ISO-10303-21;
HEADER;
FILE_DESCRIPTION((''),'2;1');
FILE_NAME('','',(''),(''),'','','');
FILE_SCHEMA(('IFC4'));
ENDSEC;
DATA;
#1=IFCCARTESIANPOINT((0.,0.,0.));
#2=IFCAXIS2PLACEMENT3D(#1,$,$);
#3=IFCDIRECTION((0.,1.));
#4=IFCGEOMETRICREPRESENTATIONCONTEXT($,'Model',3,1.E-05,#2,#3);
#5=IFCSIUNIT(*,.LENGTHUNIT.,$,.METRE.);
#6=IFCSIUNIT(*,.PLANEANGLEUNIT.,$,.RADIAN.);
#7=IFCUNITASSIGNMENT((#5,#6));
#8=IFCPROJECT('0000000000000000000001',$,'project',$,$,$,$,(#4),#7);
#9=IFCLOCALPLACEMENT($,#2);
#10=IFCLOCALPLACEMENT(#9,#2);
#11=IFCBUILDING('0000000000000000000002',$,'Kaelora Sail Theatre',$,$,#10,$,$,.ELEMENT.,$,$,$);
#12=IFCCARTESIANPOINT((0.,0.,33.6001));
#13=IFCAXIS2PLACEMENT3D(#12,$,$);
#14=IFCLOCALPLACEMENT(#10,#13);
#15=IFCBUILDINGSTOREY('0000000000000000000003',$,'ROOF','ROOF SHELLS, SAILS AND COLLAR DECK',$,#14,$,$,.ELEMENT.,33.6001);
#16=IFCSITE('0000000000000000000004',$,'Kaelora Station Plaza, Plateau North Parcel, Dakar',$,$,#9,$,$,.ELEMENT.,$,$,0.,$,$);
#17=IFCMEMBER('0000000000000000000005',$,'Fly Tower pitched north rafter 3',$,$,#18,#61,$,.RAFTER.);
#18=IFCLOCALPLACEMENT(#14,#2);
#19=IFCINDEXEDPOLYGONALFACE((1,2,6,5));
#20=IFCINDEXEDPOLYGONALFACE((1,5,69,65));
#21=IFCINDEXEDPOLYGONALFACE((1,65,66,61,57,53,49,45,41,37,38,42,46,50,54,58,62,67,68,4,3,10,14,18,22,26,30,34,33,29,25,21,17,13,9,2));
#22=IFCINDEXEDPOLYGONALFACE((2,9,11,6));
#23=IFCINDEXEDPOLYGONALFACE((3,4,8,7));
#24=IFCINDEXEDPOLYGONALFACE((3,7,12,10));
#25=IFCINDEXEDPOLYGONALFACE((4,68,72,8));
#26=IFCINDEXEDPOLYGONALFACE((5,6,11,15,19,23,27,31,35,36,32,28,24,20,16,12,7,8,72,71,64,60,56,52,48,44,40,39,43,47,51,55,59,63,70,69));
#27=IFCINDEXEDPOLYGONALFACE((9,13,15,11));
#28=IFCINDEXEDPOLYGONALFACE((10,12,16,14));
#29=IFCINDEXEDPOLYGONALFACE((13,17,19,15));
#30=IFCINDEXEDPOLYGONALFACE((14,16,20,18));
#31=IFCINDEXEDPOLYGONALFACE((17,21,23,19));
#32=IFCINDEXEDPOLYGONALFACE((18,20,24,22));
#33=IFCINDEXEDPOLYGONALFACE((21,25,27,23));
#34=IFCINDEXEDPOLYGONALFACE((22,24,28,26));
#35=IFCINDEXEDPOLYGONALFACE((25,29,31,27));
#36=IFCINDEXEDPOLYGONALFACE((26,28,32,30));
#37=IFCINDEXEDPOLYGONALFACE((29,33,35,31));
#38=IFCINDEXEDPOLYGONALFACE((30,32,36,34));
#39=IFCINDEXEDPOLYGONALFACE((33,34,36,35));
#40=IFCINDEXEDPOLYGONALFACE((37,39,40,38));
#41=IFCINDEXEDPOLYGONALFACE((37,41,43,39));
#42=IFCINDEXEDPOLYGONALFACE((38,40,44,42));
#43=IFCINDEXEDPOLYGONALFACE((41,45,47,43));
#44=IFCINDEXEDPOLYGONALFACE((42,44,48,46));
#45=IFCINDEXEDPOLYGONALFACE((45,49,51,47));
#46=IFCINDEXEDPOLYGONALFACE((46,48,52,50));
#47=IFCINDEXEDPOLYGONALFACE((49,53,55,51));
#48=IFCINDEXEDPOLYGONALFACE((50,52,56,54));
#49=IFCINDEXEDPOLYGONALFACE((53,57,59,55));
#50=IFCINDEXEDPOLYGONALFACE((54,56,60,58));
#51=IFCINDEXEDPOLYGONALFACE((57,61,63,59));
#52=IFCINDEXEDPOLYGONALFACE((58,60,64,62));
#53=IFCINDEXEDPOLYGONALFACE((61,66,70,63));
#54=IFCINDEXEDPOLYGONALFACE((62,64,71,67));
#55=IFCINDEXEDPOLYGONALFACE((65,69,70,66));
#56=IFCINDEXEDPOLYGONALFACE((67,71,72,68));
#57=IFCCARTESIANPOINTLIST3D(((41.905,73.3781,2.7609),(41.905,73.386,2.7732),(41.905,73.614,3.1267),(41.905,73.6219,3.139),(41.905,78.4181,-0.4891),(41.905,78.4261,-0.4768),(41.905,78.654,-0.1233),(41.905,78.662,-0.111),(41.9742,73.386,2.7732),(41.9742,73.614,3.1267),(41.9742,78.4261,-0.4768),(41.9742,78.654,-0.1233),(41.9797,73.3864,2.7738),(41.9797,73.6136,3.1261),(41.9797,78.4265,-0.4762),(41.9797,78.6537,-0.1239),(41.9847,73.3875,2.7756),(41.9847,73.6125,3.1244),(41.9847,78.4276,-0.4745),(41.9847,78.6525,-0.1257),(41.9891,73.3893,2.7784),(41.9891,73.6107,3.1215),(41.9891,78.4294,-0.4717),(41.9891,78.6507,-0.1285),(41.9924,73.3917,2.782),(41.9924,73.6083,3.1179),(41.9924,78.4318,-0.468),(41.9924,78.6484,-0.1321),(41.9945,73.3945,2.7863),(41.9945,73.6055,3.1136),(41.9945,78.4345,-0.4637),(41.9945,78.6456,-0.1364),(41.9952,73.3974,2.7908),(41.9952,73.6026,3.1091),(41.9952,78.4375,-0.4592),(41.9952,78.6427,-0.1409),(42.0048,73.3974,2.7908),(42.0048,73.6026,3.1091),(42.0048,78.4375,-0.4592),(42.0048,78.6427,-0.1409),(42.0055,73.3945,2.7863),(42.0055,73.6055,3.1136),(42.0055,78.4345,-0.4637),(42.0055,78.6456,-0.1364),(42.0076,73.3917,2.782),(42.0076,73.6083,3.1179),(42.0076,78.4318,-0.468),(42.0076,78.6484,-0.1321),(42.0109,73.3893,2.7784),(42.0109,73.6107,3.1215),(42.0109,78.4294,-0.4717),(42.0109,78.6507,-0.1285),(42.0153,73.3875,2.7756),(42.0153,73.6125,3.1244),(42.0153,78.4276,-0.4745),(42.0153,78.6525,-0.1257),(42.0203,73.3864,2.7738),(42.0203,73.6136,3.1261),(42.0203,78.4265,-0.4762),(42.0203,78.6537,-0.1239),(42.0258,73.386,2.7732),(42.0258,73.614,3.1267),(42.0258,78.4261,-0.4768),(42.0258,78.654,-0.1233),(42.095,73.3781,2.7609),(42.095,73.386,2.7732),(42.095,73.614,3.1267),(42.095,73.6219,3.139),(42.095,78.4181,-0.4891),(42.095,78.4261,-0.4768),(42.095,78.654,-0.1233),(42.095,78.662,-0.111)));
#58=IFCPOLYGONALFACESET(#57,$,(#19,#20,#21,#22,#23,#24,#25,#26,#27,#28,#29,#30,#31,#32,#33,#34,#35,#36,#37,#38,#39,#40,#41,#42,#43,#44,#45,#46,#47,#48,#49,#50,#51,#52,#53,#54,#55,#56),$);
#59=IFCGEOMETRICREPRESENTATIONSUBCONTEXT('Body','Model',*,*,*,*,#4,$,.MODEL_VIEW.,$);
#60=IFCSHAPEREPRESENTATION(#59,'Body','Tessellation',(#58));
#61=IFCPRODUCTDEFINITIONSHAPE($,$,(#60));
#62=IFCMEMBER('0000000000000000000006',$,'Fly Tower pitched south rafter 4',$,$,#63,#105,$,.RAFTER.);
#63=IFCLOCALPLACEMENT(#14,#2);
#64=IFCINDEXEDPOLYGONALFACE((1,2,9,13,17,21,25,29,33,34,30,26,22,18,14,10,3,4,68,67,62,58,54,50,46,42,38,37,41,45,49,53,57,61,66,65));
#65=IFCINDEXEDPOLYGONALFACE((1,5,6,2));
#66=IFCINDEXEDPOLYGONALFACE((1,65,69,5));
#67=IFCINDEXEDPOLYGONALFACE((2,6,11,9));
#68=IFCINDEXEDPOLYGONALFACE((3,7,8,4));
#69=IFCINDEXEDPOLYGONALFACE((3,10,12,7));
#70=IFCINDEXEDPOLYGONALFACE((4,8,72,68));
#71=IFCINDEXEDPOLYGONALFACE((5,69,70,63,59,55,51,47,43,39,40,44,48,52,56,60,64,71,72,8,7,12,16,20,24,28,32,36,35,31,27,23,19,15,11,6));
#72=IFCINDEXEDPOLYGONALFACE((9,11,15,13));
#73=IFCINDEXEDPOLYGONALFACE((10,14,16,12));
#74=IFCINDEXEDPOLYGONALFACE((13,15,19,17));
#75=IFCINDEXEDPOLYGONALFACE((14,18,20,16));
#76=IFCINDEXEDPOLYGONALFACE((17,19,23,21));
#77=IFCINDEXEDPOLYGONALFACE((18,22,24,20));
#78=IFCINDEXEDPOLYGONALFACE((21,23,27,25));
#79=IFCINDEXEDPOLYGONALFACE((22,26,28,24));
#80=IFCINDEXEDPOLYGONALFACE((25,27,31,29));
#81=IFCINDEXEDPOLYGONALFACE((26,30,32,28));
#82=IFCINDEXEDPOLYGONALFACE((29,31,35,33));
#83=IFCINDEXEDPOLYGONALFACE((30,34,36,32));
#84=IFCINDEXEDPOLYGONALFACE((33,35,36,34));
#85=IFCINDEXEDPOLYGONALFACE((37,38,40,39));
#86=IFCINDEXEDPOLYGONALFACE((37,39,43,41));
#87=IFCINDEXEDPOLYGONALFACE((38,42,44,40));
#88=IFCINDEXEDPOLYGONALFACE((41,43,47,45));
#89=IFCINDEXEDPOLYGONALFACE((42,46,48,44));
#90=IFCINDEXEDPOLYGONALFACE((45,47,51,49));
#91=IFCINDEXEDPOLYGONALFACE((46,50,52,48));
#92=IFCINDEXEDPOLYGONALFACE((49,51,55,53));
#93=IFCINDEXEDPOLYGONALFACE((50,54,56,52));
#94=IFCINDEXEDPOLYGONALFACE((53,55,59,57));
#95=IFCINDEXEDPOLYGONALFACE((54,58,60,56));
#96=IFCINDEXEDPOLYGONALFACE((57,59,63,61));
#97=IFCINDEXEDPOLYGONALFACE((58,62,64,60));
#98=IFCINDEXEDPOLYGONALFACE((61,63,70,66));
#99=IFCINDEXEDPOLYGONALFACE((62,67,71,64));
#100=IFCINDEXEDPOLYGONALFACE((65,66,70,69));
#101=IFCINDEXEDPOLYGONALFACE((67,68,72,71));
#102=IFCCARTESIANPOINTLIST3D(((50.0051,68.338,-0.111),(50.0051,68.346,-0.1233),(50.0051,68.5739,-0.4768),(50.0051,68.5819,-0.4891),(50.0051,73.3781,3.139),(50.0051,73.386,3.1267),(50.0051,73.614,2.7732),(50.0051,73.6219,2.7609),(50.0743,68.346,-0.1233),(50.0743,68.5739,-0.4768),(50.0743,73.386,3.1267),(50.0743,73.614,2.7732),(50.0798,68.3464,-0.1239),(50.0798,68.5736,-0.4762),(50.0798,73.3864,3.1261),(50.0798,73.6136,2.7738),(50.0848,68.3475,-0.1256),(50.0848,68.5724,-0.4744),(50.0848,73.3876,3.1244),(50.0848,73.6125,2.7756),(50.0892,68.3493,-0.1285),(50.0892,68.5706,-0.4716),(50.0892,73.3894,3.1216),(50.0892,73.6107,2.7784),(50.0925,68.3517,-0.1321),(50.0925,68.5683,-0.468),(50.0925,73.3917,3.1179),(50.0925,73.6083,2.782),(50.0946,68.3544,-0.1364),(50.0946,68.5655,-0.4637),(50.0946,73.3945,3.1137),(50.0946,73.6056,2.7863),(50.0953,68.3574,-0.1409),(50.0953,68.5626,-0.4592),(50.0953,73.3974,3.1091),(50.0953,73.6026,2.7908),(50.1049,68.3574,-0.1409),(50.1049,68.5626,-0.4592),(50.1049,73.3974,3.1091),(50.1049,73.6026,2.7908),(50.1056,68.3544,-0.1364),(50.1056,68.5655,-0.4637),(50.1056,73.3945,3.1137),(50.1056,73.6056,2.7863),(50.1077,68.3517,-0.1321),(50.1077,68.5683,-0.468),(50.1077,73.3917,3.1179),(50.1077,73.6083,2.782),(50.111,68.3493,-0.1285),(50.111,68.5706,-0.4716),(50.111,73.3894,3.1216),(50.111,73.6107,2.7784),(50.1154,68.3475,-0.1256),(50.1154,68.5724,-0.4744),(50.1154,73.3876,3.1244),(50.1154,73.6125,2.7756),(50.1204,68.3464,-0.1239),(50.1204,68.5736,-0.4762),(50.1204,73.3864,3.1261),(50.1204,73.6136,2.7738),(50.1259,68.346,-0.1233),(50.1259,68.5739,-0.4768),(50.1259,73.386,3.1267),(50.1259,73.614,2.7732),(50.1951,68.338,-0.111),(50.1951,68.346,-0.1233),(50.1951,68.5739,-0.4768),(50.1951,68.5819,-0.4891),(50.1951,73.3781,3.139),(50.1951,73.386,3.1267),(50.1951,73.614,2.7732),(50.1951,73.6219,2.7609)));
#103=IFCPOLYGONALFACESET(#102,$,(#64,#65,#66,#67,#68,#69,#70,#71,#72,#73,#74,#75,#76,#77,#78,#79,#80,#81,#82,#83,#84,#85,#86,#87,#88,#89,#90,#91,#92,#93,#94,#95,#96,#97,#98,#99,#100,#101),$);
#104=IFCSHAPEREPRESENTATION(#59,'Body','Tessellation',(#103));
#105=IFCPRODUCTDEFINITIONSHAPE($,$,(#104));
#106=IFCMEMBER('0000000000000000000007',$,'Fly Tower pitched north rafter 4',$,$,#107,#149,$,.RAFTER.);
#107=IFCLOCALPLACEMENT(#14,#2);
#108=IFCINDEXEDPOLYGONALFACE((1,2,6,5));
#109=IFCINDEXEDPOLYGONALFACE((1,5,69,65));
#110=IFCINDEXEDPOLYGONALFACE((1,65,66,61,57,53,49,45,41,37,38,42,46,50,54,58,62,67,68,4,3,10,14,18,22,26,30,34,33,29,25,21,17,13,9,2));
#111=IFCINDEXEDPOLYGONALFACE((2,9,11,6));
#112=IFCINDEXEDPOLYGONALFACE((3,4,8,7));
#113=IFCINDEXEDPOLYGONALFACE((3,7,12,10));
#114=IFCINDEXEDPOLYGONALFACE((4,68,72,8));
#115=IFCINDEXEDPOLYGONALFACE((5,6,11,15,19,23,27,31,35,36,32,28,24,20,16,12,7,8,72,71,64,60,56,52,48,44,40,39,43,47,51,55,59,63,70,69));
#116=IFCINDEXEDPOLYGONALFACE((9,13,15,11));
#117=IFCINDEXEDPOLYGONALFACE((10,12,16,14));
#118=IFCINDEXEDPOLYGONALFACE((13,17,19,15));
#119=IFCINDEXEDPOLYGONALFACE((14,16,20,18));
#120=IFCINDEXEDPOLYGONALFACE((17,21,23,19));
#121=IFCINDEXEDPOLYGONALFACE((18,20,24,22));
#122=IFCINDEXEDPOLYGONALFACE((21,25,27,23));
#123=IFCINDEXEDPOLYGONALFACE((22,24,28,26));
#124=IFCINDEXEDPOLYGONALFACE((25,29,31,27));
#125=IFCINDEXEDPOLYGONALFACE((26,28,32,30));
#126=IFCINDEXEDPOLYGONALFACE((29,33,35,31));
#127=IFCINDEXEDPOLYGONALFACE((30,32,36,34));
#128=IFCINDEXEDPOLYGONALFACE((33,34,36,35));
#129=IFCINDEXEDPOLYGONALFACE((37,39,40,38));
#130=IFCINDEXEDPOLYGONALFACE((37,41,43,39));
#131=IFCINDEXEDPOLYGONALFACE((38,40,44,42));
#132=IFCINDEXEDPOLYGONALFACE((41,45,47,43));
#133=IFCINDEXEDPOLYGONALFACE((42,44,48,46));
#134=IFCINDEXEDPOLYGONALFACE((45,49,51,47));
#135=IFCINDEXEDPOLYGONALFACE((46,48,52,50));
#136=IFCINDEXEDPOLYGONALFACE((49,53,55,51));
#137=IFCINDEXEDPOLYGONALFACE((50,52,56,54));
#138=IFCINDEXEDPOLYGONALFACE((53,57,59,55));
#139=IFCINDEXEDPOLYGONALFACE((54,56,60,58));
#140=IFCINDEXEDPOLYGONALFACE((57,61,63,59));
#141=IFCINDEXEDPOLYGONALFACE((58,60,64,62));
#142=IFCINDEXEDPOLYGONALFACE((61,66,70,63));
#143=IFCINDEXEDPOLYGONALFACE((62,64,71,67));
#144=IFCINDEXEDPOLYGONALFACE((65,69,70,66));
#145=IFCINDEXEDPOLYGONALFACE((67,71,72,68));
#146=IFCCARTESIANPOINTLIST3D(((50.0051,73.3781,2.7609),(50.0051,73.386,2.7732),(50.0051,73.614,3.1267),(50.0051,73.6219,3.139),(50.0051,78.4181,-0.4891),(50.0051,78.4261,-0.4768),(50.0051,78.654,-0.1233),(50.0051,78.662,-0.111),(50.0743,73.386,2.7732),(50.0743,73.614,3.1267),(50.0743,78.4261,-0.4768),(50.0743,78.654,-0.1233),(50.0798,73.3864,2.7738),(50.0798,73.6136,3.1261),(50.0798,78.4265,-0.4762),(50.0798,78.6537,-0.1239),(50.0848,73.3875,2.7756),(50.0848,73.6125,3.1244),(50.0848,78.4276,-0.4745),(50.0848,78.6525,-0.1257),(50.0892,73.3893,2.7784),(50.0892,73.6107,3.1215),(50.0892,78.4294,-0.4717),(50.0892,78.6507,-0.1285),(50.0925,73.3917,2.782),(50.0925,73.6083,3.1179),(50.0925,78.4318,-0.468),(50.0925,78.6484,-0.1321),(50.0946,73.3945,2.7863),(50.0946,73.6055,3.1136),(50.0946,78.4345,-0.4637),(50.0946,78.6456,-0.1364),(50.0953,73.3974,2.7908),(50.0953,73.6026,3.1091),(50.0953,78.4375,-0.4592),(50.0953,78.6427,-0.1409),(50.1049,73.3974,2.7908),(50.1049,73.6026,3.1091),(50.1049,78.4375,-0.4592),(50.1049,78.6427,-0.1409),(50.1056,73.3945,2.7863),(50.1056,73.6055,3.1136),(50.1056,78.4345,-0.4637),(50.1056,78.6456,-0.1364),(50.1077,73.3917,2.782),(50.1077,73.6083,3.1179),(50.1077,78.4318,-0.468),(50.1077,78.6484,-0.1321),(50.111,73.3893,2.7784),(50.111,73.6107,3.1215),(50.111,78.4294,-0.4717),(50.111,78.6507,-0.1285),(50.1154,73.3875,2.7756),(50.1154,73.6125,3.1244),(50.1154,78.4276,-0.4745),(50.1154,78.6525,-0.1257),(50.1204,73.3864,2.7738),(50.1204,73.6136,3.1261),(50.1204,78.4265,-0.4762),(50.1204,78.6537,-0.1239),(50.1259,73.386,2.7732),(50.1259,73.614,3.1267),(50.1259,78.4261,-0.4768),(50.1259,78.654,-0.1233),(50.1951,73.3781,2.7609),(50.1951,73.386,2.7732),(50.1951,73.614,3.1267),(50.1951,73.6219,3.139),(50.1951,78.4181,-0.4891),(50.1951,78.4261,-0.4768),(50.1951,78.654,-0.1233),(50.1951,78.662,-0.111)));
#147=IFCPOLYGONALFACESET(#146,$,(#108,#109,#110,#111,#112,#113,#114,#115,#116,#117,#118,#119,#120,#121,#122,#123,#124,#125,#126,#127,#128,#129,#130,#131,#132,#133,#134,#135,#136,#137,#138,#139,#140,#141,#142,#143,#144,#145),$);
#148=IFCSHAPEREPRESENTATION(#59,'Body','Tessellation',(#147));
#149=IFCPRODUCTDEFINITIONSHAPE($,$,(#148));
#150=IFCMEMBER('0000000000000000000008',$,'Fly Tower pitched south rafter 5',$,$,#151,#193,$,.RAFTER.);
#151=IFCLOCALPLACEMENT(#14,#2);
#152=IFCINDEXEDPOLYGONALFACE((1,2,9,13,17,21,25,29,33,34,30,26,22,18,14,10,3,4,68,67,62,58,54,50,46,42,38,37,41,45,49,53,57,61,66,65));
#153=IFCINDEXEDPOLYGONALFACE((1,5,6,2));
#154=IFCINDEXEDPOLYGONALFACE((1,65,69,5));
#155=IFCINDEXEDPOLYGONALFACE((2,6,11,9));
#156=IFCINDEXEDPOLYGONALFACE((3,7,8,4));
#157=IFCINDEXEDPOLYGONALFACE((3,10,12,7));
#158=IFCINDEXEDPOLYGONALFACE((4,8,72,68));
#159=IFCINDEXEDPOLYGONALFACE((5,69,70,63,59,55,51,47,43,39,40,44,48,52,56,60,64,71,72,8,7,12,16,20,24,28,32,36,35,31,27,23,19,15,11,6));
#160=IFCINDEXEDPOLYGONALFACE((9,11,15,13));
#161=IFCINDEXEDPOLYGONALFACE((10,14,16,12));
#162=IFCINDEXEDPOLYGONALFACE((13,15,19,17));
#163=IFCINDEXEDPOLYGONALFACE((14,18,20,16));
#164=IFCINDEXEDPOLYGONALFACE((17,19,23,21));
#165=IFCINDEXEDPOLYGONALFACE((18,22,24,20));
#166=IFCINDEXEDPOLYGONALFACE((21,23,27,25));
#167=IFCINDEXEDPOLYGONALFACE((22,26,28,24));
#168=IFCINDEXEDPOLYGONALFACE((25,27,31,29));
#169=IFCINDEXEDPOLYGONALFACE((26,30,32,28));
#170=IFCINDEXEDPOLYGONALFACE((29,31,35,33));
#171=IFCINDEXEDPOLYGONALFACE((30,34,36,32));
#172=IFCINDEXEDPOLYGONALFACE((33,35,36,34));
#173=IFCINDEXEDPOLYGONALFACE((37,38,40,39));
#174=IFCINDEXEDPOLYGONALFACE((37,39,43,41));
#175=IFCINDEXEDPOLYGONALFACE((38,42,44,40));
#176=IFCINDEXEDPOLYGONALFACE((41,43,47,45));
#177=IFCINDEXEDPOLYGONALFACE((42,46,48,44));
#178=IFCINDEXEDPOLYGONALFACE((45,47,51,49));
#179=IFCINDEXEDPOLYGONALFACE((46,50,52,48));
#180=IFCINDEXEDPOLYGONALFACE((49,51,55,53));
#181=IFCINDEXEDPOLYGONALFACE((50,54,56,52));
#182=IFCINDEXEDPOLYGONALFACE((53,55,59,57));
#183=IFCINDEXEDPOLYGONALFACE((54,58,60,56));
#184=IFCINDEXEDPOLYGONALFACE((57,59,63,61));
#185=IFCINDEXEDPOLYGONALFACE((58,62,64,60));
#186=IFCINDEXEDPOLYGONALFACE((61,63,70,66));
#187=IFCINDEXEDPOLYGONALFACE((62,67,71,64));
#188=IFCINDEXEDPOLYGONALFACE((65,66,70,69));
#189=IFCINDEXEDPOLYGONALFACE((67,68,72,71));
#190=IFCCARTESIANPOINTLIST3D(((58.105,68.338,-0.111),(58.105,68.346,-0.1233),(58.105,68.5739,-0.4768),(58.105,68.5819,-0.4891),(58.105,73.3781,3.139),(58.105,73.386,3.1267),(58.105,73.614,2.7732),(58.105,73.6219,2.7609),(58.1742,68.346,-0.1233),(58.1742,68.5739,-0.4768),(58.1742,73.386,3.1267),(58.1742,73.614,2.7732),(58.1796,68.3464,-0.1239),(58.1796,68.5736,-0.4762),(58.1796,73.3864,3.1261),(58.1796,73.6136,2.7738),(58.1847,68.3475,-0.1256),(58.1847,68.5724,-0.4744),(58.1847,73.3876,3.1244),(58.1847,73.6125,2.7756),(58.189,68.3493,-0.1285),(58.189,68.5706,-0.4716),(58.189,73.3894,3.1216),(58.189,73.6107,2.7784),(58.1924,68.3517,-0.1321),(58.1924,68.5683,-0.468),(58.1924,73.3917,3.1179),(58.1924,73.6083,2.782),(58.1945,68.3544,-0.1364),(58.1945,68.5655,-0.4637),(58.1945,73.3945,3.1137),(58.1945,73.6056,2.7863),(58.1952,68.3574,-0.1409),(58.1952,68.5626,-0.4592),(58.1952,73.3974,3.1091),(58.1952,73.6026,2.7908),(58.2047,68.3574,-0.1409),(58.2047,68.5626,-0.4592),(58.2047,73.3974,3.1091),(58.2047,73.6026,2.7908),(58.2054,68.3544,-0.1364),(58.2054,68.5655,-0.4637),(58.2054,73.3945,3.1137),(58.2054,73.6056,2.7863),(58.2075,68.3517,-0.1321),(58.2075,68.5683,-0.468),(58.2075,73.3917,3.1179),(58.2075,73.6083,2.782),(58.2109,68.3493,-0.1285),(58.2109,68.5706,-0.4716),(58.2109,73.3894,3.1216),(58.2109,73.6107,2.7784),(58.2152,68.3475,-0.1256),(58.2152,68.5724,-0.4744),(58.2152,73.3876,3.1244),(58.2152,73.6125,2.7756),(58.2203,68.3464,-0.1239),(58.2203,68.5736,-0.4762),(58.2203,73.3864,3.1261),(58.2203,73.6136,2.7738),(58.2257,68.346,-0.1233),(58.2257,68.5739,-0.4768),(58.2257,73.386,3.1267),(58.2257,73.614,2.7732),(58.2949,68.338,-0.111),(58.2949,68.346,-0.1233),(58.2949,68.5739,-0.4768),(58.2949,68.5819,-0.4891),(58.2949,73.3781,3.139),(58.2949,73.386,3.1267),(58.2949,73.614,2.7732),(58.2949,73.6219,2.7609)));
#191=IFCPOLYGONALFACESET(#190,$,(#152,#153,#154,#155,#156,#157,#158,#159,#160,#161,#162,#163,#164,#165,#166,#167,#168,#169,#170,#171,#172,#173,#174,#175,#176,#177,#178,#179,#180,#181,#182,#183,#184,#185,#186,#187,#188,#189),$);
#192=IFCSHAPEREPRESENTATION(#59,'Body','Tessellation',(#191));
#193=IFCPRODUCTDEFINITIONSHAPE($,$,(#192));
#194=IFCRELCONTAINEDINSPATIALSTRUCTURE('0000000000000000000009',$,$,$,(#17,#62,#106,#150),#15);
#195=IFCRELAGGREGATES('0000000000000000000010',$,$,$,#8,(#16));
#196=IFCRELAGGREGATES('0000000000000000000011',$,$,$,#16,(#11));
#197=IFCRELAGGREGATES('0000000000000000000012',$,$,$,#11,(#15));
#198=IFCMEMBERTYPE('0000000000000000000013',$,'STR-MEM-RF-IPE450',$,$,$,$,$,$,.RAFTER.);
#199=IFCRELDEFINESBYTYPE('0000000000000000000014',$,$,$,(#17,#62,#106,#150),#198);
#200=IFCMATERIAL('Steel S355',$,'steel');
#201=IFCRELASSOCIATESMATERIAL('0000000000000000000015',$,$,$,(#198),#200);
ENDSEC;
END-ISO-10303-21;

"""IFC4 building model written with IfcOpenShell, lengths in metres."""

from ifc_helpers import new_model, si_unit, direction, frame, origin, origin_2d, place, context, subcontext, project, spatial, i_section, extrude, material, material_profile, profile_set, type_object, element, save


model = new_model("IFC4")

# Units and contexts
model_context = context("Model", 3, precision=1e-05, world=origin(), true_north=direction((0.0, 1.0)))
body_context = subcontext(model_context, "Body", "Model", "MODEL_VIEW")
ifc_project = project(units=[si_unit("LENGTHUNIT", "METRE"), si_unit("PLANEANGLEUNIT", "RADIAN")], contexts=[model_context])

# Site, building, storey
site_placement = place(None, origin())
site = spatial("IfcSite", under=ifc_project, at=site_placement, Name="Kaelora Station Plaza, Plateau North Parcel, Dakar", CompositionType="ELEMENT", RefElevation=0.0)
building_placement = place(site_placement, origin())
building = spatial("IfcBuilding", under=site, at=building_placement, Name="Kaelora Sail Theatre", CompositionType="ELEMENT")
storey_placement = place(building_placement, frame((0.0, 0.0, 33.6001)))
storey = spatial("IfcBuildingStorey", under=building, at=storey_placement, Name="ROOF", Description="ROOF SHELLS, SAILS AND COLLAR DECK", CompositionType="ELEMENT", Elevation=33.6001)

# Members
ifc_material_1 = material(Name="Steel S355", Category="steel")
ifc_material_profile_1 = material_profile(ifc_material_1, i_section(OverallWidth=0.1899, OverallDepth=0.45, WebThickness=0.0095, FlangeThickness=0.0146, FilletRadius=0.021, at=origin_2d()), Name="IPE 450")
ifc_profile_set_1 = profile_set([ifc_material_profile_1], Name="Steel S355")
member_type_1 = type_object("IfcMemberType", Name="STR-MEM-RF-IPE450", PredefinedType="RAFTER", material=ifc_profile_set_1)
for number, where, z_axis, x_axis, name in (
    (1, (42.0, 73.5, 2.95), (0.0, 0.840421, -0.541934), (-1.0, 0.0, 0.0), "Fly Tower pitched north rafter 3"),
    (2, (50.1001, 68.46, -0.3), (0.0, 0.840421, 0.541934), (-1.0, 0.0, 0.0), "Fly Tower pitched south rafter 4"),
    (3, (50.1001, 73.5, 2.95), (0.0, 0.840421, -0.541934), (-1.0, 0.0, 0.0), "Fly Tower pitched north rafter 4"),
    (4, (58.2, 68.46, -0.3), (0.0, 0.840421, 0.541934), (-1.0, 0.0, 0.0), "Fly Tower pitched south rafter 5"),
):
    element("IfcMember", number, at=place(storey_placement, frame(where, z_axis=z_axis, x_axis=x_axis)), inside=storey, type_object=member_type_1, Name=name, PredefinedType="RAFTER", context=body_context, shape_type="SweptSolid", body=[
        extrude(i_section(OverallWidth=0.1899, OverallDepth=0.45, WebThickness=0.0095, FlangeThickness=0.0146, FilletRadius=0.021, at=origin_2d()), origin(), (0.0, 0.0, 1.0), 5.9971),
    ])

save(model, "model.ifc")
